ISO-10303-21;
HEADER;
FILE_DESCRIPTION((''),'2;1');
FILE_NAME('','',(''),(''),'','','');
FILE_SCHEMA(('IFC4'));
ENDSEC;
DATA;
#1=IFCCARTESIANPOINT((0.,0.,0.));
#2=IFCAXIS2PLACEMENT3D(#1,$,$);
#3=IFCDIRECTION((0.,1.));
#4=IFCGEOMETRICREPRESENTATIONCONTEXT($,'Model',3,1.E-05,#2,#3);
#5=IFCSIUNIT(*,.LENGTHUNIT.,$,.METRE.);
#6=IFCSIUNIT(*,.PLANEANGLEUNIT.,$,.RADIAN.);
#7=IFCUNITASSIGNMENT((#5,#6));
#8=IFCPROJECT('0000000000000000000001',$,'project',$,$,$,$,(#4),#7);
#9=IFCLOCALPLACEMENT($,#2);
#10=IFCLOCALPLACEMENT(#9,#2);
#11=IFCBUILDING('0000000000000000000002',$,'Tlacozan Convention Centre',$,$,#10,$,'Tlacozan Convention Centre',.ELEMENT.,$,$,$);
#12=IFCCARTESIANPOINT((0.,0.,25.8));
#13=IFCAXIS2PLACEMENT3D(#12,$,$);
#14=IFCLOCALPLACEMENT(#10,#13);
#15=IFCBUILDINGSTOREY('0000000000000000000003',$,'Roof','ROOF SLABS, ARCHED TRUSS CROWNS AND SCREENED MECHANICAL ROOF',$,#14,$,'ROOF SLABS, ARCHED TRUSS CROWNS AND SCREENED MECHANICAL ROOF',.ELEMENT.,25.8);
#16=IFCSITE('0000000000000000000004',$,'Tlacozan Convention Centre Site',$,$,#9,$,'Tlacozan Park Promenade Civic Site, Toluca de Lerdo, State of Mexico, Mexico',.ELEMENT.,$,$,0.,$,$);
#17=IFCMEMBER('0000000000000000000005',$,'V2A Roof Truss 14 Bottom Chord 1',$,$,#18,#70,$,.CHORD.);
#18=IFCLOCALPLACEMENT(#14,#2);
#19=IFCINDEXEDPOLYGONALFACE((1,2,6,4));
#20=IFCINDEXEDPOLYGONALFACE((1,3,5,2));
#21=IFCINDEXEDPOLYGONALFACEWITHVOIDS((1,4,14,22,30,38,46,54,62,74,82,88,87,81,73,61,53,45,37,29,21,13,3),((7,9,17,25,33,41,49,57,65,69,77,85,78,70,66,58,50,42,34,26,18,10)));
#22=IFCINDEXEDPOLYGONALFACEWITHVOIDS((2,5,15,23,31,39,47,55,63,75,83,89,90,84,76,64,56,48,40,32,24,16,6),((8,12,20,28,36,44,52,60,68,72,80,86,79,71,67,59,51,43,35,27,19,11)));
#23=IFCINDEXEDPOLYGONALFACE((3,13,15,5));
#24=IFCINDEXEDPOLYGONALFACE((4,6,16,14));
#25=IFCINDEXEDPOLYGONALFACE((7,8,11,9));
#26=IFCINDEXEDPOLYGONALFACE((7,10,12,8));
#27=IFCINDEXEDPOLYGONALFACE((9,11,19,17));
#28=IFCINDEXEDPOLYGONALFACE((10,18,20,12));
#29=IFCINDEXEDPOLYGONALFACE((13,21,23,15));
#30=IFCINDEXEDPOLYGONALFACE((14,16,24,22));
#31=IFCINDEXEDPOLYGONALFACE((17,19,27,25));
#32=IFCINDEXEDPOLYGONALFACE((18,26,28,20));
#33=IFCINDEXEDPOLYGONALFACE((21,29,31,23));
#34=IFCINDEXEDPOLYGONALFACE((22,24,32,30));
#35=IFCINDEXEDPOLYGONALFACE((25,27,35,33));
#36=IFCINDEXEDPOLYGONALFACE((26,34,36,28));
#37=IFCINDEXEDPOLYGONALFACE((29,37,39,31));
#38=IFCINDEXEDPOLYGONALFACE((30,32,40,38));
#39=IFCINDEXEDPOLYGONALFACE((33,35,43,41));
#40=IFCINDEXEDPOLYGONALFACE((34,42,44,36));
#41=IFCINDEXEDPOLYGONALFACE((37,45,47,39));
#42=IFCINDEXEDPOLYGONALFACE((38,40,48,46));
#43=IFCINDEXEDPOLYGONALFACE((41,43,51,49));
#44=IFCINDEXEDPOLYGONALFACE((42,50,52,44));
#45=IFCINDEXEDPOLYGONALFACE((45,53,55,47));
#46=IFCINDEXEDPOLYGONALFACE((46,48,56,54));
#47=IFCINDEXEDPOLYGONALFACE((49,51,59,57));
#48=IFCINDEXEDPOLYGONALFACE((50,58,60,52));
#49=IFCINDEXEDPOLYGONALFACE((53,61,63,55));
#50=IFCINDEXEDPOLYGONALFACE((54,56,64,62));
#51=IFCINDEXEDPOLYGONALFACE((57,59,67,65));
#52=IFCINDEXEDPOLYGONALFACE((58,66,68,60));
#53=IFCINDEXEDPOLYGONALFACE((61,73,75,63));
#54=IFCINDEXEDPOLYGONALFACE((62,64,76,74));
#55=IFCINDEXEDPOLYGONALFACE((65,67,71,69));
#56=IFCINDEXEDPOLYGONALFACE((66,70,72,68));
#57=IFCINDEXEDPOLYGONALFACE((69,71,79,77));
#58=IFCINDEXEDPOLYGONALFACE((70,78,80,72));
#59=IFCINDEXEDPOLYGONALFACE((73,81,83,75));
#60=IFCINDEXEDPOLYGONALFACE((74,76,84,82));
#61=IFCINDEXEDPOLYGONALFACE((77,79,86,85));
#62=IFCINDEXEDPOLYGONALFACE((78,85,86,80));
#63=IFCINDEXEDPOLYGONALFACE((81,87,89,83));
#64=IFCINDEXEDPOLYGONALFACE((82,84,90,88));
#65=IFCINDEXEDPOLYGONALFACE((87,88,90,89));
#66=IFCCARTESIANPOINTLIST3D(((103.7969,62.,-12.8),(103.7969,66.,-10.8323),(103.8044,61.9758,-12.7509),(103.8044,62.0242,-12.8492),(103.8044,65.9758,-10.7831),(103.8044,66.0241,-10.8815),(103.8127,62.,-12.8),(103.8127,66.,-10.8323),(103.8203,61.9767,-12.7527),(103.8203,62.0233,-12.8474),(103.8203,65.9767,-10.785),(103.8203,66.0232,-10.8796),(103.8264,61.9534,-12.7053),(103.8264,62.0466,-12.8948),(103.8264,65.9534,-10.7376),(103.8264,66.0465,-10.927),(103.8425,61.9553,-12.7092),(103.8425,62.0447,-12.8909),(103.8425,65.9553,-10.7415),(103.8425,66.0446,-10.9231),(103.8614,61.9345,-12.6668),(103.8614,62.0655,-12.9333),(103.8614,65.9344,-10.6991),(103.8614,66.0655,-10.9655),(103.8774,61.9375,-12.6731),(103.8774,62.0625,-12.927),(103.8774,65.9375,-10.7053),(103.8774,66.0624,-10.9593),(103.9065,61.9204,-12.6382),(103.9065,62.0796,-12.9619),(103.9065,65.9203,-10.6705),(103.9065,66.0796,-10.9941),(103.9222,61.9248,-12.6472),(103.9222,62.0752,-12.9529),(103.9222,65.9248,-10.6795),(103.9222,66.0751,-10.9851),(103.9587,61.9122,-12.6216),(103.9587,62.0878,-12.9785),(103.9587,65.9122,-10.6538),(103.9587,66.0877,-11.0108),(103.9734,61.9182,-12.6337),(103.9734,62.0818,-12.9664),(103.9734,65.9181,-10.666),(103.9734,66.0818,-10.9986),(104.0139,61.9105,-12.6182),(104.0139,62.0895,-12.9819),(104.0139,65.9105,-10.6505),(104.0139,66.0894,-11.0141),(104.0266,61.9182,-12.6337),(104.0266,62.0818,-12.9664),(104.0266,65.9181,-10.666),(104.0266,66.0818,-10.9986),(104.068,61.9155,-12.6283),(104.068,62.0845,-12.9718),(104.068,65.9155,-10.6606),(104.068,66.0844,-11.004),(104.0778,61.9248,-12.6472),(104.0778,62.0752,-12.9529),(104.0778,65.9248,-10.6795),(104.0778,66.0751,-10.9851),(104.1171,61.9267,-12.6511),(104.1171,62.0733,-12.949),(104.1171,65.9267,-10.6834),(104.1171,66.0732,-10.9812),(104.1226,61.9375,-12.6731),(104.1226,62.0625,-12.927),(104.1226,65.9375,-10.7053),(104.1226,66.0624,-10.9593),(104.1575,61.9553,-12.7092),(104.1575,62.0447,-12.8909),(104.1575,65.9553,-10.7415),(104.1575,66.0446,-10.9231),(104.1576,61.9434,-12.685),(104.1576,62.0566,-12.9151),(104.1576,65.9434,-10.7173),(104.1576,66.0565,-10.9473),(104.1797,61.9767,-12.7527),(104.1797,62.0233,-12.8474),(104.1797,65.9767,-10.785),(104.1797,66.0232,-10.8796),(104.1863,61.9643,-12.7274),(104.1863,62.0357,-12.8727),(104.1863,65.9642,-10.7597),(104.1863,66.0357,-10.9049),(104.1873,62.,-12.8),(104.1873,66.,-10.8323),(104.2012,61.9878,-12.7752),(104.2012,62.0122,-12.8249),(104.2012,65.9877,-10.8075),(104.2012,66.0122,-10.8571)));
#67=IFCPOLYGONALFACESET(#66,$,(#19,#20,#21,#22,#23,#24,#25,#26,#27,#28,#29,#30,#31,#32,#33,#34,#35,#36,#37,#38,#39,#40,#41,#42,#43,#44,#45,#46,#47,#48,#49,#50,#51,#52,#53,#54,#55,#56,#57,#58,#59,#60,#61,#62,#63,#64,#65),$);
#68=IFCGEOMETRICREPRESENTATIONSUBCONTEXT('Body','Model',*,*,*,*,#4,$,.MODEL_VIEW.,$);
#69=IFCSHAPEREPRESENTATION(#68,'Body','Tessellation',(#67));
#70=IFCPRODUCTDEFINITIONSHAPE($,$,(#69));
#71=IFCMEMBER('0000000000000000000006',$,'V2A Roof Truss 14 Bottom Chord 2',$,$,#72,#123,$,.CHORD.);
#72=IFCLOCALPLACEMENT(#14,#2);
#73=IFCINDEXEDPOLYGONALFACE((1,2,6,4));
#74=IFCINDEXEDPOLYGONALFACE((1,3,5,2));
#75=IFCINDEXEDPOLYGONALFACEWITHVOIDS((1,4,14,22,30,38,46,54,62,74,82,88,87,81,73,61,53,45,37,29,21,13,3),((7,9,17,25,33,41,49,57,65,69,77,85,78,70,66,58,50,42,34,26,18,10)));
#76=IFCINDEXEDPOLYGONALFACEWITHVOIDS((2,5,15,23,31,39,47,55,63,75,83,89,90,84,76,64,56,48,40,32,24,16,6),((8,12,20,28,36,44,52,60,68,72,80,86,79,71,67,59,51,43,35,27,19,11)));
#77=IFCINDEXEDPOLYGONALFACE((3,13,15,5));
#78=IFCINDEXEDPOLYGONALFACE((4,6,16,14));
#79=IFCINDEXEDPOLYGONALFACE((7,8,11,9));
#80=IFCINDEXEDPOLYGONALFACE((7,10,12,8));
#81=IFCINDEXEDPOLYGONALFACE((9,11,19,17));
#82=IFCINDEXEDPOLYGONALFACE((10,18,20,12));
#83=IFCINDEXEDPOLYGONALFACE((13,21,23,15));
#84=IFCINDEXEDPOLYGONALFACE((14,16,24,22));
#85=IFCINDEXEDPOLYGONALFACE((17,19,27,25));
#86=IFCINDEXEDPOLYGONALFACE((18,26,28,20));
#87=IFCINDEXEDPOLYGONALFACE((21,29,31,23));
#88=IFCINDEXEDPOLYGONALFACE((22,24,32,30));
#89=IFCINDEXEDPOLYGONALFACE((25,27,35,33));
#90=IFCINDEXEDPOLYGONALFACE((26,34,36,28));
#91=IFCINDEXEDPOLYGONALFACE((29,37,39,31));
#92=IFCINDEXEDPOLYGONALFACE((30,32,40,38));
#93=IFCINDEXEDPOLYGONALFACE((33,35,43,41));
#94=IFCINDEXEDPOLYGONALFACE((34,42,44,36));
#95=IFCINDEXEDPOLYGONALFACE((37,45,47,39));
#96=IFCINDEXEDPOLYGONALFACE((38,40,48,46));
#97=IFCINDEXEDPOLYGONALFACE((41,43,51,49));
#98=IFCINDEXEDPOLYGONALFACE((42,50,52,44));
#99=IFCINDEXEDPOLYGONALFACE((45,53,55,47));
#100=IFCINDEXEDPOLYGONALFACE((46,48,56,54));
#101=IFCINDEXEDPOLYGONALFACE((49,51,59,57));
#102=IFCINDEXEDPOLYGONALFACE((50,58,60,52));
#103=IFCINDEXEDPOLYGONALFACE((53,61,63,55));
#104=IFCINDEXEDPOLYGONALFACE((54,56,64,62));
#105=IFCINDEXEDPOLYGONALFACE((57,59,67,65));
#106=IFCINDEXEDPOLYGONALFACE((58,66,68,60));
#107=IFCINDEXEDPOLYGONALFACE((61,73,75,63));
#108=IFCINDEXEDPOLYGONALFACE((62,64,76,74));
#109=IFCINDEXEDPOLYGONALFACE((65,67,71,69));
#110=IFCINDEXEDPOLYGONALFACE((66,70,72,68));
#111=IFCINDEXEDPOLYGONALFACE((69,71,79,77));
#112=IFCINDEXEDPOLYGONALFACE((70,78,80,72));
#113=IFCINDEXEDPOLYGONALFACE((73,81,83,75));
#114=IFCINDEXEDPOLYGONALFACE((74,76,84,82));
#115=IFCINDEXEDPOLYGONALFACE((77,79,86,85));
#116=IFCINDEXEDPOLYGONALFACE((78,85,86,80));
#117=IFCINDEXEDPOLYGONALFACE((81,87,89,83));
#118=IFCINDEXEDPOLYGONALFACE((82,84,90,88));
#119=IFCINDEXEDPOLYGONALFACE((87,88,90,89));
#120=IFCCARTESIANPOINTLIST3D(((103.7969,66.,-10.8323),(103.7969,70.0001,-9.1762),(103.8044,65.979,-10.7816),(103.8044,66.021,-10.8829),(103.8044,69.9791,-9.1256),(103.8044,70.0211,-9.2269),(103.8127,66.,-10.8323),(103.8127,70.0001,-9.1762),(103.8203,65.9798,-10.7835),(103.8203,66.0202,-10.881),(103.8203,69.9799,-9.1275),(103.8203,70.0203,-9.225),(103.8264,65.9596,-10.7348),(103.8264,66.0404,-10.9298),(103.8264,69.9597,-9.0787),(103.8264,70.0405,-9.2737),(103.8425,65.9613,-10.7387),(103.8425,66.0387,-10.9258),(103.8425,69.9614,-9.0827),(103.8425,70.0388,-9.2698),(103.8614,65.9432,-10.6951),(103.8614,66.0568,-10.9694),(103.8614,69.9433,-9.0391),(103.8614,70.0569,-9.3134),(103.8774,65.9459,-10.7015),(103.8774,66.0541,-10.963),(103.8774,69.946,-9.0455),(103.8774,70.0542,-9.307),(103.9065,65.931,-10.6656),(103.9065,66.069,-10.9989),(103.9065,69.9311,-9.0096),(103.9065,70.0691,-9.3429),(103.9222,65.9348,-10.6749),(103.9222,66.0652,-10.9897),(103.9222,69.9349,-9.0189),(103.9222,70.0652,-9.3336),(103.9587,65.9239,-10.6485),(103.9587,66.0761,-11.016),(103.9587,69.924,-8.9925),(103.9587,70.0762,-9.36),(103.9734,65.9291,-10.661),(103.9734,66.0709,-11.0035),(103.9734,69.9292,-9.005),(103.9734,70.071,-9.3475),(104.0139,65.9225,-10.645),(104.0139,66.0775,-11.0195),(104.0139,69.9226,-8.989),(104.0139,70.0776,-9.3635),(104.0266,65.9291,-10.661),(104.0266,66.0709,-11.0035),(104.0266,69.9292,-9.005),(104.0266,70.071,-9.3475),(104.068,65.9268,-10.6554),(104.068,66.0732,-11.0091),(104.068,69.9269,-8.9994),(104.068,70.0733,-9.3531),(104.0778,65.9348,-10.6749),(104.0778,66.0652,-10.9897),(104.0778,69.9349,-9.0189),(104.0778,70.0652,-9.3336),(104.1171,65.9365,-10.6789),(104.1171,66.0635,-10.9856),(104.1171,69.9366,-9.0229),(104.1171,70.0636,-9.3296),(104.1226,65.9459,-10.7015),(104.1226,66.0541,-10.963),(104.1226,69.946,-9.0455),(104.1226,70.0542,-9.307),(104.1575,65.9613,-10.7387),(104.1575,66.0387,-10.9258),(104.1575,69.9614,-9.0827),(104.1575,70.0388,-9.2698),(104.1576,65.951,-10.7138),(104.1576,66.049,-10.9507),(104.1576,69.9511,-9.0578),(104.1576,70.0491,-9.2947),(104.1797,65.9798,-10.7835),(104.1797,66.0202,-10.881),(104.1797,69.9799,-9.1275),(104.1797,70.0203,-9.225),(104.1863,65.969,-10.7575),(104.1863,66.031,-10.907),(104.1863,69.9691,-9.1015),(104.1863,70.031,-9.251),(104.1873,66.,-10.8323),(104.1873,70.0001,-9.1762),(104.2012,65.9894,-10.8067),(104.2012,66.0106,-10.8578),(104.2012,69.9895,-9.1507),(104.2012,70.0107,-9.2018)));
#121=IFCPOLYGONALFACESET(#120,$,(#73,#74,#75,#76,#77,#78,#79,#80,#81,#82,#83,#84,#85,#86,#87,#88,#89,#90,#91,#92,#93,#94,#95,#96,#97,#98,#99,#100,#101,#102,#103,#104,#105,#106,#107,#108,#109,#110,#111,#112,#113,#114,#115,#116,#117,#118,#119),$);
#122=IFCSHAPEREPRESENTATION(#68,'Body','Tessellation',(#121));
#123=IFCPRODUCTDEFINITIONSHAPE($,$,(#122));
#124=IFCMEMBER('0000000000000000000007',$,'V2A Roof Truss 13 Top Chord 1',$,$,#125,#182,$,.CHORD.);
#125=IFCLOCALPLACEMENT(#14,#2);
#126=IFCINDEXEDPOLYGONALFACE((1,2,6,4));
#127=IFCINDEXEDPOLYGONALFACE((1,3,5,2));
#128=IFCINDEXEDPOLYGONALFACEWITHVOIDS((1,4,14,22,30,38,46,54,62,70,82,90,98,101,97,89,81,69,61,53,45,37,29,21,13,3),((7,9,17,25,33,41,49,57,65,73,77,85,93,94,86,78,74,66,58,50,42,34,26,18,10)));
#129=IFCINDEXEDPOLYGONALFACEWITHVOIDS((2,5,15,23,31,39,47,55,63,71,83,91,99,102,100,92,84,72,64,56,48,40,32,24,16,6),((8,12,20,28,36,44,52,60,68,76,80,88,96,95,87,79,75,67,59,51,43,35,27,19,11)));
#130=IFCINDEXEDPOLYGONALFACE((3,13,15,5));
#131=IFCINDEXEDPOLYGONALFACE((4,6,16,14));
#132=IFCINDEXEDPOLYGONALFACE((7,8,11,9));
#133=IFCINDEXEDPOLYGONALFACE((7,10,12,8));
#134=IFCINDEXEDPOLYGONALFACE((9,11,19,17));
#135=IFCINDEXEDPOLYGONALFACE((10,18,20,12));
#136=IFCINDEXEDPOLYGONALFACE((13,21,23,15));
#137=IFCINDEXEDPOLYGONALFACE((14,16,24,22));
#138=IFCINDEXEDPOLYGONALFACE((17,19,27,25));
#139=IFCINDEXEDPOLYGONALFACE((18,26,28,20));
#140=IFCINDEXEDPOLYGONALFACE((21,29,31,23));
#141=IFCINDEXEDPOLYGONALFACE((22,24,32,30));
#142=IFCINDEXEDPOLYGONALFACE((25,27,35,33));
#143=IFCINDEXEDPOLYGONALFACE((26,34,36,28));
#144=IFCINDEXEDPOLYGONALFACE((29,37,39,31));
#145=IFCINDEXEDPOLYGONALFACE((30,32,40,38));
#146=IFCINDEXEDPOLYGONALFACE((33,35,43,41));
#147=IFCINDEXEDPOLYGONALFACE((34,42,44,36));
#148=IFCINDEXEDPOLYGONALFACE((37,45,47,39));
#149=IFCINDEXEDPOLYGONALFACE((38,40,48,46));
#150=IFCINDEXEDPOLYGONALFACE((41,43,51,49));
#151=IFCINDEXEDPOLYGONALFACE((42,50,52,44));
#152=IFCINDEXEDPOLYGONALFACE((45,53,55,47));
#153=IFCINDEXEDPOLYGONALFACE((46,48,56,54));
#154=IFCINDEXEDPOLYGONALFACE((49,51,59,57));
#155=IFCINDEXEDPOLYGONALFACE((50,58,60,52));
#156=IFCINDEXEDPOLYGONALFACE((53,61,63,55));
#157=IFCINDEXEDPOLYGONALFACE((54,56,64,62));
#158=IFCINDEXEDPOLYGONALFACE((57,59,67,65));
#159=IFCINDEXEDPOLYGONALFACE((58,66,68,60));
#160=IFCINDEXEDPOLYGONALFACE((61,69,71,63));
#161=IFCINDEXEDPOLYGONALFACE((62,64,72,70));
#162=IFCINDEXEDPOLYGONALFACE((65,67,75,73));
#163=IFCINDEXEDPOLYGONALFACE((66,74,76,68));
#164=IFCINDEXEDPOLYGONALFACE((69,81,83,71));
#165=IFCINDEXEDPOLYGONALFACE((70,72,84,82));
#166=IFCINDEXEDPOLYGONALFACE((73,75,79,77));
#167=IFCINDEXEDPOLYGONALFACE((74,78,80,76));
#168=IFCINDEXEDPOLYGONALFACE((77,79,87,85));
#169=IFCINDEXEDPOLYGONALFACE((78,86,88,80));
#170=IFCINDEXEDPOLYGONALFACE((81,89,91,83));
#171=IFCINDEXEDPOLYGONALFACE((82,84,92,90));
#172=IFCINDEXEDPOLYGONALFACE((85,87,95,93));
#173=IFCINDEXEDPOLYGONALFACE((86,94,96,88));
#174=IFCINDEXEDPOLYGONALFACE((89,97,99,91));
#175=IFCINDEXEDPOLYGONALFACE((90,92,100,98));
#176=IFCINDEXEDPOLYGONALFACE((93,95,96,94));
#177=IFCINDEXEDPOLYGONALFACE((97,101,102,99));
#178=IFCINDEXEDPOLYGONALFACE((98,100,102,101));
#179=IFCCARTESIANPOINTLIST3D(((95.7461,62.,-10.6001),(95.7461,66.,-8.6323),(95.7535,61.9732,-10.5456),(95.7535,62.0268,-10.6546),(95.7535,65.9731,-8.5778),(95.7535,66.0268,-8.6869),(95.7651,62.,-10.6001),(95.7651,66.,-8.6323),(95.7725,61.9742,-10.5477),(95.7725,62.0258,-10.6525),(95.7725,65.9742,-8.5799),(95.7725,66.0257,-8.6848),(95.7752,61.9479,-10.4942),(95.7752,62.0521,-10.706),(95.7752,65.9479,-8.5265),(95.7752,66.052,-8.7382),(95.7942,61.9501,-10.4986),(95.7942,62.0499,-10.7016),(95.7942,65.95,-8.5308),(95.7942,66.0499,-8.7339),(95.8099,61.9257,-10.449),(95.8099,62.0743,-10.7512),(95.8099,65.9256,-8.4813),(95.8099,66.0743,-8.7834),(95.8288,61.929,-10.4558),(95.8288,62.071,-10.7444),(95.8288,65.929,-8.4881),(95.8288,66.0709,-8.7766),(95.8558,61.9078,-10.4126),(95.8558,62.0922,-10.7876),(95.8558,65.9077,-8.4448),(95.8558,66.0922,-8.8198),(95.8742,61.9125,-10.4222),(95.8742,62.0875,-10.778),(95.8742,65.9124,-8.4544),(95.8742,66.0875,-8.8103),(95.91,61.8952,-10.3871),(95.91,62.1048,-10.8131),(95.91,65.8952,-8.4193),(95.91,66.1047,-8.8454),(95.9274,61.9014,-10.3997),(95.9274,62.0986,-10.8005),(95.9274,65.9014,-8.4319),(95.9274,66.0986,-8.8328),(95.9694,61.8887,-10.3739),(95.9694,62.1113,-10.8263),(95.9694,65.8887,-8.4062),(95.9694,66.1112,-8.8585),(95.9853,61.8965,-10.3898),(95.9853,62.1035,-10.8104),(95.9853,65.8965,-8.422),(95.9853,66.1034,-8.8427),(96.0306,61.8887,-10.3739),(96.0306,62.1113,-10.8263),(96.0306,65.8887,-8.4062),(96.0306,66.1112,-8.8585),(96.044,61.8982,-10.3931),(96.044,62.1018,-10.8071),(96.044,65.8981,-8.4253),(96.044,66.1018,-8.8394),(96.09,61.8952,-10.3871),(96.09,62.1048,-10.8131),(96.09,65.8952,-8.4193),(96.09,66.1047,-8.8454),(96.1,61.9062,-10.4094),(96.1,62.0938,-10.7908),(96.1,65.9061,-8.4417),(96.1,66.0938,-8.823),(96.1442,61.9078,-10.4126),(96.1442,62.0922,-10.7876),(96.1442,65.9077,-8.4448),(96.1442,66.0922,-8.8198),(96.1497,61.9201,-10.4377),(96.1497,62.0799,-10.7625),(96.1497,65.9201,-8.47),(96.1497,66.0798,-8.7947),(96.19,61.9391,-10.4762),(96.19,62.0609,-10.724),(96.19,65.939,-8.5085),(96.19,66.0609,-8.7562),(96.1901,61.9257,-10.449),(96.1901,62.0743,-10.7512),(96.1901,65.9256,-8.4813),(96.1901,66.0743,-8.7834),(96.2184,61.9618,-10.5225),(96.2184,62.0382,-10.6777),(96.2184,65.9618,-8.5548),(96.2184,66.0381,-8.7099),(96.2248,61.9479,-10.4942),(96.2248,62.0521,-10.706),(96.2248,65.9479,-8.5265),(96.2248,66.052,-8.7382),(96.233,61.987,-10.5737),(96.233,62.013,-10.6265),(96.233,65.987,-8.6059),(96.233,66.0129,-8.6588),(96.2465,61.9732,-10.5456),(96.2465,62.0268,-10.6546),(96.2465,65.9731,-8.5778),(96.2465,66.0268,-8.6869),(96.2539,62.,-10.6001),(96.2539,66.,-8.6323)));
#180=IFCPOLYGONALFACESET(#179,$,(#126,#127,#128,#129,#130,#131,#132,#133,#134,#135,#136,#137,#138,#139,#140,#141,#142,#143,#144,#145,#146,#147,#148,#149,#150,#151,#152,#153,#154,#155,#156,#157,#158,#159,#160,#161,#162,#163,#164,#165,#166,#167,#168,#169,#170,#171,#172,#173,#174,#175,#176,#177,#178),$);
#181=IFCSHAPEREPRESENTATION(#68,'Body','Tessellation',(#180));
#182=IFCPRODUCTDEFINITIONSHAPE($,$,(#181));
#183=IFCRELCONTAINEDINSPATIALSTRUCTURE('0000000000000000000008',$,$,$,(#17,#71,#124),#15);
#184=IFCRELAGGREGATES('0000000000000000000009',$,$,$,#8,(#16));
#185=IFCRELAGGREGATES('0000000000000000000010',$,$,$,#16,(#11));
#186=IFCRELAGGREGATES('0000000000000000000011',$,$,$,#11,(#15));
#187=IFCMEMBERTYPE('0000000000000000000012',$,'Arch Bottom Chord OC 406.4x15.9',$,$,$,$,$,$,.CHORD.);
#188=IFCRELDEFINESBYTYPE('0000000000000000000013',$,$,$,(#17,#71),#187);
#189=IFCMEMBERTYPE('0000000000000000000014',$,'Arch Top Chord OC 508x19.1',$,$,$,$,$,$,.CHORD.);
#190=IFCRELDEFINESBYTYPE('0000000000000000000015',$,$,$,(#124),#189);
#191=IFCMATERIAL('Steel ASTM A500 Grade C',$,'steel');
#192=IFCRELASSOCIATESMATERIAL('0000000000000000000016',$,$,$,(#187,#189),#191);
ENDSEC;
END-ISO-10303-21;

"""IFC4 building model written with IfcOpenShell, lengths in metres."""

from ifc_helpers import new_model, si_unit, direction, frame, origin, origin_2d, place, context, subcontext, project, spatial, hollow_circle, extrude, material, material_profile, profile_set, type_object, element, save


model = new_model("IFC4")

# Units and contexts
model_context = context("Model", 3, precision=1e-05, world=origin(), true_north=direction((0.0, 1.0)))
body_context = subcontext(model_context, "Body", "Model", "MODEL_VIEW")
ifc_project = project(units=[si_unit("LENGTHUNIT", "METRE"), si_unit("PLANEANGLEUNIT", "RADIAN")], contexts=[model_context])

# Site, building, storey
site_placement = place(None, origin())
site = spatial("IfcSite", under=ifc_project, at=site_placement, Name="Tlacozan Convention Centre Site", LongName="Tlacozan Park Promenade Civic Site, Toluca de Lerdo, State of Mexico, Mexico", CompositionType="ELEMENT", RefElevation=0.0)
building_placement = place(site_placement, origin())
building = spatial("IfcBuilding", under=site, at=building_placement, Name="Tlacozan Convention Centre", LongName="Tlacozan Convention Centre", CompositionType="ELEMENT")
storey_placement = place(building_placement, frame((0.0, 0.0, 25.8)))
storey = spatial("IfcBuildingStorey", under=building, at=storey_placement, Name="Roof", Description="ROOF SLABS, ARCHED TRUSS CROWNS AND SCREENED MECHANICAL ROOF", LongName="ROOF SLABS, ARCHED TRUSS CROWNS AND SCREENED MECHANICAL ROOF", CompositionType="ELEMENT", Elevation=25.8)

# Members
ifc_material_1 = material(Name="Steel ASTM A500 Grade C", Category="steel")
ifc_material_profile_1 = material_profile(ifc_material_1, hollow_circle(Radius=0.2031, WallThickness=0.0159, at=origin_2d()), Name="OC 406.4x15.9")
ifc_profile_set_1 = profile_set([ifc_material_profile_1], Name="Steel ASTM A500 Grade C")
member_type_1 = type_object("IfcMemberType", Name="Arch Bottom Chord OC 406.4x15.9", PredefinedType="CHORD", material=ifc_profile_set_1)
member_1_placement = place(storey_placement, frame((104.0, 62.0, -12.8), z_axis=(0.0, 0.8973, 0.441421), x_axis=(-1.0, 0.0, 0.0)))
element("IfcMember", 1, at=member_1_placement, inside=storey, type_object=member_type_1, Name="V2A Roof Truss 14 Bottom Chord 1", PredefinedType="CHORD", context=body_context, shape_type="SweptSolid", body=[
    extrude(hollow_circle(Radius=0.2031, WallThickness=0.0159, at=origin_2d()), origin(), (0.0, 0.0, 1.0), 4.4578),
])
member_2_placement = place(storey_placement, frame((104.0, 66.0, -10.8323), z_axis=(0.0, 0.923949, 0.382516), x_axis=(-1.0, 0.0, 0.0)))
element("IfcMember", 2, at=member_2_placement, inside=storey, type_object=member_type_1, Name="V2A Roof Truss 14 Bottom Chord 2", PredefinedType="CHORD", context=body_context, shape_type="SweptSolid", body=[
    extrude(hollow_circle(Radius=0.2031, WallThickness=0.0159, at=origin_2d()), origin(), (0.0, 0.0, 1.0), 4.3293),
])
ifc_material_profile_2 = material_profile(ifc_material_1, hollow_circle(Radius=0.2539, WallThickness=0.019, at=origin_2d()), Name="OC 508.0x19.1")
ifc_profile_set_2 = profile_set([ifc_material_profile_2], Name="Steel ASTM A500 Grade C")
member_type_2 = type_object("IfcMemberType", Name="Arch Top Chord OC 508x19.1", PredefinedType="CHORD", material=ifc_profile_set_2)
member_3_placement = place(storey_placement, frame((96.0, 62.0, -10.6001), z_axis=(0.0, 0.8973, 0.441421), x_axis=(-1.0, 0.0, 0.0)))
element("IfcMember", 3, at=member_3_placement, inside=storey, type_object=member_type_2, Name="V2A Roof Truss 13 Top Chord 1", PredefinedType="CHORD", context=body_context, shape_type="SweptSolid", body=[
    extrude(hollow_circle(Radius=0.2539, WallThickness=0.019, at=origin_2d()), origin(), (0.0, 0.0, 1.0), 4.4578),
])

save(model, "model.ifc")
